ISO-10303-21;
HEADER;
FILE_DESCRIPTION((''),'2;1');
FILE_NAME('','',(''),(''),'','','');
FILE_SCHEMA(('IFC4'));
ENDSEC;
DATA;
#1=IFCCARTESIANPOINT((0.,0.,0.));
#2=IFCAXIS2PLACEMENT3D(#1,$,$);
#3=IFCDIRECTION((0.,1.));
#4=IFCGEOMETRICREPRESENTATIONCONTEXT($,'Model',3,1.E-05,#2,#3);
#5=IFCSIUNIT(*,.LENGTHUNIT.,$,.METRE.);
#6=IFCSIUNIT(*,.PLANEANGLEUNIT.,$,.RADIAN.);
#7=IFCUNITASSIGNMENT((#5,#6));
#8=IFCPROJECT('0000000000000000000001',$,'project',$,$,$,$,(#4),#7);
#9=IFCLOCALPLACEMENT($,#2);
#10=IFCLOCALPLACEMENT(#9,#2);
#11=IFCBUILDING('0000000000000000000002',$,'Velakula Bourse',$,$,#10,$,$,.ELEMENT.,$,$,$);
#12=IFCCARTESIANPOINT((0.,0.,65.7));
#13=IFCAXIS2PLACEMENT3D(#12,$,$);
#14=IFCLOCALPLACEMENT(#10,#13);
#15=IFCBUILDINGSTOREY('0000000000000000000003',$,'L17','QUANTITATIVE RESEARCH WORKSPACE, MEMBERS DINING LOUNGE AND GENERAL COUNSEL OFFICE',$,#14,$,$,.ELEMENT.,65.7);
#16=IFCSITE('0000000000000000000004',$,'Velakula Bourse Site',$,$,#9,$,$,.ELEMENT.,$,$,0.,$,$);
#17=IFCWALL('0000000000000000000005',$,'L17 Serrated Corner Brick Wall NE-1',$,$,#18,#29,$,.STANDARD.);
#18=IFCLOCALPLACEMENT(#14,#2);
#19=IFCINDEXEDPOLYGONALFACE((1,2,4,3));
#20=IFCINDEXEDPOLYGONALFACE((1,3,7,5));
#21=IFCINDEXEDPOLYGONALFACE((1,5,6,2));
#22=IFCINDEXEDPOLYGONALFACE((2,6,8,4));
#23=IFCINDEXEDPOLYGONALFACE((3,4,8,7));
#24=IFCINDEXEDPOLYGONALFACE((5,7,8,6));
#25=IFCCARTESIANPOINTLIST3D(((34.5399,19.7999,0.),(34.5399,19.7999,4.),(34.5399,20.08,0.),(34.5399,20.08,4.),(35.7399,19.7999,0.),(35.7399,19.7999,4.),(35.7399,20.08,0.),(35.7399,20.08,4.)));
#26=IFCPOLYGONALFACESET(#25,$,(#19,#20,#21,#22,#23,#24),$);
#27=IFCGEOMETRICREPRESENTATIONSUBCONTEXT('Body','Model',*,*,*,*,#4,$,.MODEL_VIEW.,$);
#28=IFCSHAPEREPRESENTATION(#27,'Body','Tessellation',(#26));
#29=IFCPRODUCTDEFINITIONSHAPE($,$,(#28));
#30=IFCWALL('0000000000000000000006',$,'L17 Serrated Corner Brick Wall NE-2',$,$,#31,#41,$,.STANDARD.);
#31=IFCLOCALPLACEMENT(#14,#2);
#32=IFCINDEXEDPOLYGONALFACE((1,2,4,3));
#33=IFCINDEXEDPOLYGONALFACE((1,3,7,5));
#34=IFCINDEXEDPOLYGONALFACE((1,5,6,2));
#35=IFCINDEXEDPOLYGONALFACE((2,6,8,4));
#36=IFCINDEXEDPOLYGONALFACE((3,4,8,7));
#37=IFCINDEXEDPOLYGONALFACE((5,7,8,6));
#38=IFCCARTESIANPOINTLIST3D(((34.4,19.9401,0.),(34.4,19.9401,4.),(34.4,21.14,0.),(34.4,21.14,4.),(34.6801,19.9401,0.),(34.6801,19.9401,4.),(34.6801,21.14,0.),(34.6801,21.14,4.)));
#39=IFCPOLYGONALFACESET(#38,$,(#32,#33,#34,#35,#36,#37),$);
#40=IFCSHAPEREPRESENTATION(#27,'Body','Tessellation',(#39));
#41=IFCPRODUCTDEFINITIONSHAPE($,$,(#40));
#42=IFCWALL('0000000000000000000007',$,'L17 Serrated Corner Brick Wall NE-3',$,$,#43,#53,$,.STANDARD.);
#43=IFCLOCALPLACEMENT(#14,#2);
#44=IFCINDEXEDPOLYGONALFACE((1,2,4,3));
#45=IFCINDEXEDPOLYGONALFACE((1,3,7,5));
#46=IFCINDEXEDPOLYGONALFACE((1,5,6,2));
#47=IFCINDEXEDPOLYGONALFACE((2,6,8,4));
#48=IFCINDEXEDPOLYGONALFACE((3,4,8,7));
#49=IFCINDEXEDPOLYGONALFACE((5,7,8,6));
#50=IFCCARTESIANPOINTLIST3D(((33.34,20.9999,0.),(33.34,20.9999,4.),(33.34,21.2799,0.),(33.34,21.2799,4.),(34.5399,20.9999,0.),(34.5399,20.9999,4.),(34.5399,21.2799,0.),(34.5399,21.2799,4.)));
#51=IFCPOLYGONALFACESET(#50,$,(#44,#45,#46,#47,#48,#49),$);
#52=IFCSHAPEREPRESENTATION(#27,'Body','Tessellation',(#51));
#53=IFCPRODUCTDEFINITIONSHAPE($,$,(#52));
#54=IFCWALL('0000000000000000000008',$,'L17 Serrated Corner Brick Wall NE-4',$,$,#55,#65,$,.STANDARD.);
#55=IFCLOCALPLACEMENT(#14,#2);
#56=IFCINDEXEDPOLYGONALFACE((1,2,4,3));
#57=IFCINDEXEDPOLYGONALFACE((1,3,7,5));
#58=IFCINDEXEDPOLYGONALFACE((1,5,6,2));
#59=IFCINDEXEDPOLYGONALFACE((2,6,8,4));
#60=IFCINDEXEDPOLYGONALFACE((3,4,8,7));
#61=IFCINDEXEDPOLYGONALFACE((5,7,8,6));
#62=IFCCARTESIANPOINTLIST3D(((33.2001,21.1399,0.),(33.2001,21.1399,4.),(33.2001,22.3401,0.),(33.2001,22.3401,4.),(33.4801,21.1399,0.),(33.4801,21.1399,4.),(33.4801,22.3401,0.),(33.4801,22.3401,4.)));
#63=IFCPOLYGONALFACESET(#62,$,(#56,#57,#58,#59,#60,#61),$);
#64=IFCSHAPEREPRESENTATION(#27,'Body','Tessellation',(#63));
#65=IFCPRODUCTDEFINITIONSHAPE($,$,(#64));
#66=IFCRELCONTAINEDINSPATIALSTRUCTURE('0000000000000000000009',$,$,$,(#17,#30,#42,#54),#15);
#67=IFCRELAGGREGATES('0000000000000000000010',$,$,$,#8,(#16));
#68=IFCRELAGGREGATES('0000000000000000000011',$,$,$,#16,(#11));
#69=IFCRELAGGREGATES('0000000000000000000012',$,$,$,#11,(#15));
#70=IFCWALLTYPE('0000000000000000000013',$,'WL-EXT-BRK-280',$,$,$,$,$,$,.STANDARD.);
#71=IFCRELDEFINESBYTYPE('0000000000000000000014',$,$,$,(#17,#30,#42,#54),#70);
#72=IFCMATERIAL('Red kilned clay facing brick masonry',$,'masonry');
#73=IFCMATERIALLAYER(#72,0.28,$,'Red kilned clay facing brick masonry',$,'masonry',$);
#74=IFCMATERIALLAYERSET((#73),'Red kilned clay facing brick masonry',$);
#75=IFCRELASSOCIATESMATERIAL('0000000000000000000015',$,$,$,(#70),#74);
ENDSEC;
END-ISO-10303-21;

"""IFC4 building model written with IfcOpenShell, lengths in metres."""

from ifc_helpers import new_model, si_unit, direction, frame, frame_2d, origin, place, context, subcontext, project, spatial, rectangle, extrude, material, layer, layer_set, type_object, element, save


model = new_model("IFC4")

# Units and contexts
model_context = context("Model", 3, precision=1e-05, world=origin(), true_north=direction((0.0, 1.0)))
body_context = subcontext(model_context, "Body", "Model", "MODEL_VIEW")
ifc_project = project(units=[si_unit("LENGTHUNIT", "METRE"), si_unit("PLANEANGLEUNIT", "RADIAN")], contexts=[model_context])

# Site, building, storey
site_placement = place(None, origin())
site = spatial("IfcSite", under=ifc_project, at=site_placement, Name="Velakula Bourse Site", CompositionType="ELEMENT", RefElevation=0.0)
building_placement = place(site_placement, origin())
building = spatial("IfcBuilding", under=site, at=building_placement, Name="Velakula Bourse", CompositionType="ELEMENT")
storey_placement = place(building_placement, frame((0.0, 0.0, 65.7)))
storey = spatial("IfcBuildingStorey", under=building, at=storey_placement, Name="L17", Description="QUANTITATIVE RESEARCH WORKSPACE, MEMBERS DINING LOUNGE AND GENERAL COUNSEL OFFICE", CompositionType="ELEMENT", Elevation=65.7)

# Walls
ifc_material_1 = material(Name="Red kilned clay facing brick masonry", Category="masonry")
ifc_layer_1 = layer(ifc_material_1, 0.28, Name="Red kilned clay facing brick masonry", Category="masonry")
ifc_layer_set_1 = layer_set([ifc_layer_1], Name="Red kilned clay facing brick masonry")
wall_type = type_object("IfcWallType", Name="WL-EXT-BRK-280", PredefinedType="STANDARD", material=ifc_layer_set_1)
for number, where, z_axis, x_axis, name in (
    (1, (35.74, 19.9399, 0.0), (0.0, 0.0, 1.0), (-1.0, 0.0, 0.0), "L17 Serrated Corner Brick Wall NE-1"),
    (2, (34.54, 19.9399, 0.0), (0.0, 0.0, 1.0), (0.0, 1.0, 0.0), "L17 Serrated Corner Brick Wall NE-2"),
    (3, (34.54, 21.1399, 0.0), (0.0, 0.0, 1.0), (-1.0, 0.0, 0.0), "L17 Serrated Corner Brick Wall NE-3"),
):
    element("IfcWall", number, at=place(storey_placement, frame(where, z_axis=z_axis, x_axis=x_axis)), inside=storey, type_object=wall_type, Name=name, PredefinedType="STANDARD", context=body_context, shape_type="SweptSolid", body=[
        extrude(rectangle(XDim=1.2, YDim=0.28, at=frame_2d((0.6001, 0.0))), origin(), (0.0, 0.0, 1.0), 4.0),
    ])
wall_1_placement = place(storey_placement, frame((33.3401, 21.1399, 0.0), z_axis=(0.0, 0.0, 1.0), x_axis=(0.0, 1.0, 0.0)))
element("IfcWall", 4, at=wall_1_placement, inside=storey, type_object=wall_type, Name="L17 Serrated Corner Brick Wall NE-4", PredefinedType="STANDARD", context=body_context, shape_type="SweptSolid", body=[
    extrude(rectangle(XDim=1.2002, YDim=0.28, at=frame_2d((0.6001, 0.0))), origin(), (0.0, 0.0, 1.0), 4.0),
])

save(model, "model.ifc")
